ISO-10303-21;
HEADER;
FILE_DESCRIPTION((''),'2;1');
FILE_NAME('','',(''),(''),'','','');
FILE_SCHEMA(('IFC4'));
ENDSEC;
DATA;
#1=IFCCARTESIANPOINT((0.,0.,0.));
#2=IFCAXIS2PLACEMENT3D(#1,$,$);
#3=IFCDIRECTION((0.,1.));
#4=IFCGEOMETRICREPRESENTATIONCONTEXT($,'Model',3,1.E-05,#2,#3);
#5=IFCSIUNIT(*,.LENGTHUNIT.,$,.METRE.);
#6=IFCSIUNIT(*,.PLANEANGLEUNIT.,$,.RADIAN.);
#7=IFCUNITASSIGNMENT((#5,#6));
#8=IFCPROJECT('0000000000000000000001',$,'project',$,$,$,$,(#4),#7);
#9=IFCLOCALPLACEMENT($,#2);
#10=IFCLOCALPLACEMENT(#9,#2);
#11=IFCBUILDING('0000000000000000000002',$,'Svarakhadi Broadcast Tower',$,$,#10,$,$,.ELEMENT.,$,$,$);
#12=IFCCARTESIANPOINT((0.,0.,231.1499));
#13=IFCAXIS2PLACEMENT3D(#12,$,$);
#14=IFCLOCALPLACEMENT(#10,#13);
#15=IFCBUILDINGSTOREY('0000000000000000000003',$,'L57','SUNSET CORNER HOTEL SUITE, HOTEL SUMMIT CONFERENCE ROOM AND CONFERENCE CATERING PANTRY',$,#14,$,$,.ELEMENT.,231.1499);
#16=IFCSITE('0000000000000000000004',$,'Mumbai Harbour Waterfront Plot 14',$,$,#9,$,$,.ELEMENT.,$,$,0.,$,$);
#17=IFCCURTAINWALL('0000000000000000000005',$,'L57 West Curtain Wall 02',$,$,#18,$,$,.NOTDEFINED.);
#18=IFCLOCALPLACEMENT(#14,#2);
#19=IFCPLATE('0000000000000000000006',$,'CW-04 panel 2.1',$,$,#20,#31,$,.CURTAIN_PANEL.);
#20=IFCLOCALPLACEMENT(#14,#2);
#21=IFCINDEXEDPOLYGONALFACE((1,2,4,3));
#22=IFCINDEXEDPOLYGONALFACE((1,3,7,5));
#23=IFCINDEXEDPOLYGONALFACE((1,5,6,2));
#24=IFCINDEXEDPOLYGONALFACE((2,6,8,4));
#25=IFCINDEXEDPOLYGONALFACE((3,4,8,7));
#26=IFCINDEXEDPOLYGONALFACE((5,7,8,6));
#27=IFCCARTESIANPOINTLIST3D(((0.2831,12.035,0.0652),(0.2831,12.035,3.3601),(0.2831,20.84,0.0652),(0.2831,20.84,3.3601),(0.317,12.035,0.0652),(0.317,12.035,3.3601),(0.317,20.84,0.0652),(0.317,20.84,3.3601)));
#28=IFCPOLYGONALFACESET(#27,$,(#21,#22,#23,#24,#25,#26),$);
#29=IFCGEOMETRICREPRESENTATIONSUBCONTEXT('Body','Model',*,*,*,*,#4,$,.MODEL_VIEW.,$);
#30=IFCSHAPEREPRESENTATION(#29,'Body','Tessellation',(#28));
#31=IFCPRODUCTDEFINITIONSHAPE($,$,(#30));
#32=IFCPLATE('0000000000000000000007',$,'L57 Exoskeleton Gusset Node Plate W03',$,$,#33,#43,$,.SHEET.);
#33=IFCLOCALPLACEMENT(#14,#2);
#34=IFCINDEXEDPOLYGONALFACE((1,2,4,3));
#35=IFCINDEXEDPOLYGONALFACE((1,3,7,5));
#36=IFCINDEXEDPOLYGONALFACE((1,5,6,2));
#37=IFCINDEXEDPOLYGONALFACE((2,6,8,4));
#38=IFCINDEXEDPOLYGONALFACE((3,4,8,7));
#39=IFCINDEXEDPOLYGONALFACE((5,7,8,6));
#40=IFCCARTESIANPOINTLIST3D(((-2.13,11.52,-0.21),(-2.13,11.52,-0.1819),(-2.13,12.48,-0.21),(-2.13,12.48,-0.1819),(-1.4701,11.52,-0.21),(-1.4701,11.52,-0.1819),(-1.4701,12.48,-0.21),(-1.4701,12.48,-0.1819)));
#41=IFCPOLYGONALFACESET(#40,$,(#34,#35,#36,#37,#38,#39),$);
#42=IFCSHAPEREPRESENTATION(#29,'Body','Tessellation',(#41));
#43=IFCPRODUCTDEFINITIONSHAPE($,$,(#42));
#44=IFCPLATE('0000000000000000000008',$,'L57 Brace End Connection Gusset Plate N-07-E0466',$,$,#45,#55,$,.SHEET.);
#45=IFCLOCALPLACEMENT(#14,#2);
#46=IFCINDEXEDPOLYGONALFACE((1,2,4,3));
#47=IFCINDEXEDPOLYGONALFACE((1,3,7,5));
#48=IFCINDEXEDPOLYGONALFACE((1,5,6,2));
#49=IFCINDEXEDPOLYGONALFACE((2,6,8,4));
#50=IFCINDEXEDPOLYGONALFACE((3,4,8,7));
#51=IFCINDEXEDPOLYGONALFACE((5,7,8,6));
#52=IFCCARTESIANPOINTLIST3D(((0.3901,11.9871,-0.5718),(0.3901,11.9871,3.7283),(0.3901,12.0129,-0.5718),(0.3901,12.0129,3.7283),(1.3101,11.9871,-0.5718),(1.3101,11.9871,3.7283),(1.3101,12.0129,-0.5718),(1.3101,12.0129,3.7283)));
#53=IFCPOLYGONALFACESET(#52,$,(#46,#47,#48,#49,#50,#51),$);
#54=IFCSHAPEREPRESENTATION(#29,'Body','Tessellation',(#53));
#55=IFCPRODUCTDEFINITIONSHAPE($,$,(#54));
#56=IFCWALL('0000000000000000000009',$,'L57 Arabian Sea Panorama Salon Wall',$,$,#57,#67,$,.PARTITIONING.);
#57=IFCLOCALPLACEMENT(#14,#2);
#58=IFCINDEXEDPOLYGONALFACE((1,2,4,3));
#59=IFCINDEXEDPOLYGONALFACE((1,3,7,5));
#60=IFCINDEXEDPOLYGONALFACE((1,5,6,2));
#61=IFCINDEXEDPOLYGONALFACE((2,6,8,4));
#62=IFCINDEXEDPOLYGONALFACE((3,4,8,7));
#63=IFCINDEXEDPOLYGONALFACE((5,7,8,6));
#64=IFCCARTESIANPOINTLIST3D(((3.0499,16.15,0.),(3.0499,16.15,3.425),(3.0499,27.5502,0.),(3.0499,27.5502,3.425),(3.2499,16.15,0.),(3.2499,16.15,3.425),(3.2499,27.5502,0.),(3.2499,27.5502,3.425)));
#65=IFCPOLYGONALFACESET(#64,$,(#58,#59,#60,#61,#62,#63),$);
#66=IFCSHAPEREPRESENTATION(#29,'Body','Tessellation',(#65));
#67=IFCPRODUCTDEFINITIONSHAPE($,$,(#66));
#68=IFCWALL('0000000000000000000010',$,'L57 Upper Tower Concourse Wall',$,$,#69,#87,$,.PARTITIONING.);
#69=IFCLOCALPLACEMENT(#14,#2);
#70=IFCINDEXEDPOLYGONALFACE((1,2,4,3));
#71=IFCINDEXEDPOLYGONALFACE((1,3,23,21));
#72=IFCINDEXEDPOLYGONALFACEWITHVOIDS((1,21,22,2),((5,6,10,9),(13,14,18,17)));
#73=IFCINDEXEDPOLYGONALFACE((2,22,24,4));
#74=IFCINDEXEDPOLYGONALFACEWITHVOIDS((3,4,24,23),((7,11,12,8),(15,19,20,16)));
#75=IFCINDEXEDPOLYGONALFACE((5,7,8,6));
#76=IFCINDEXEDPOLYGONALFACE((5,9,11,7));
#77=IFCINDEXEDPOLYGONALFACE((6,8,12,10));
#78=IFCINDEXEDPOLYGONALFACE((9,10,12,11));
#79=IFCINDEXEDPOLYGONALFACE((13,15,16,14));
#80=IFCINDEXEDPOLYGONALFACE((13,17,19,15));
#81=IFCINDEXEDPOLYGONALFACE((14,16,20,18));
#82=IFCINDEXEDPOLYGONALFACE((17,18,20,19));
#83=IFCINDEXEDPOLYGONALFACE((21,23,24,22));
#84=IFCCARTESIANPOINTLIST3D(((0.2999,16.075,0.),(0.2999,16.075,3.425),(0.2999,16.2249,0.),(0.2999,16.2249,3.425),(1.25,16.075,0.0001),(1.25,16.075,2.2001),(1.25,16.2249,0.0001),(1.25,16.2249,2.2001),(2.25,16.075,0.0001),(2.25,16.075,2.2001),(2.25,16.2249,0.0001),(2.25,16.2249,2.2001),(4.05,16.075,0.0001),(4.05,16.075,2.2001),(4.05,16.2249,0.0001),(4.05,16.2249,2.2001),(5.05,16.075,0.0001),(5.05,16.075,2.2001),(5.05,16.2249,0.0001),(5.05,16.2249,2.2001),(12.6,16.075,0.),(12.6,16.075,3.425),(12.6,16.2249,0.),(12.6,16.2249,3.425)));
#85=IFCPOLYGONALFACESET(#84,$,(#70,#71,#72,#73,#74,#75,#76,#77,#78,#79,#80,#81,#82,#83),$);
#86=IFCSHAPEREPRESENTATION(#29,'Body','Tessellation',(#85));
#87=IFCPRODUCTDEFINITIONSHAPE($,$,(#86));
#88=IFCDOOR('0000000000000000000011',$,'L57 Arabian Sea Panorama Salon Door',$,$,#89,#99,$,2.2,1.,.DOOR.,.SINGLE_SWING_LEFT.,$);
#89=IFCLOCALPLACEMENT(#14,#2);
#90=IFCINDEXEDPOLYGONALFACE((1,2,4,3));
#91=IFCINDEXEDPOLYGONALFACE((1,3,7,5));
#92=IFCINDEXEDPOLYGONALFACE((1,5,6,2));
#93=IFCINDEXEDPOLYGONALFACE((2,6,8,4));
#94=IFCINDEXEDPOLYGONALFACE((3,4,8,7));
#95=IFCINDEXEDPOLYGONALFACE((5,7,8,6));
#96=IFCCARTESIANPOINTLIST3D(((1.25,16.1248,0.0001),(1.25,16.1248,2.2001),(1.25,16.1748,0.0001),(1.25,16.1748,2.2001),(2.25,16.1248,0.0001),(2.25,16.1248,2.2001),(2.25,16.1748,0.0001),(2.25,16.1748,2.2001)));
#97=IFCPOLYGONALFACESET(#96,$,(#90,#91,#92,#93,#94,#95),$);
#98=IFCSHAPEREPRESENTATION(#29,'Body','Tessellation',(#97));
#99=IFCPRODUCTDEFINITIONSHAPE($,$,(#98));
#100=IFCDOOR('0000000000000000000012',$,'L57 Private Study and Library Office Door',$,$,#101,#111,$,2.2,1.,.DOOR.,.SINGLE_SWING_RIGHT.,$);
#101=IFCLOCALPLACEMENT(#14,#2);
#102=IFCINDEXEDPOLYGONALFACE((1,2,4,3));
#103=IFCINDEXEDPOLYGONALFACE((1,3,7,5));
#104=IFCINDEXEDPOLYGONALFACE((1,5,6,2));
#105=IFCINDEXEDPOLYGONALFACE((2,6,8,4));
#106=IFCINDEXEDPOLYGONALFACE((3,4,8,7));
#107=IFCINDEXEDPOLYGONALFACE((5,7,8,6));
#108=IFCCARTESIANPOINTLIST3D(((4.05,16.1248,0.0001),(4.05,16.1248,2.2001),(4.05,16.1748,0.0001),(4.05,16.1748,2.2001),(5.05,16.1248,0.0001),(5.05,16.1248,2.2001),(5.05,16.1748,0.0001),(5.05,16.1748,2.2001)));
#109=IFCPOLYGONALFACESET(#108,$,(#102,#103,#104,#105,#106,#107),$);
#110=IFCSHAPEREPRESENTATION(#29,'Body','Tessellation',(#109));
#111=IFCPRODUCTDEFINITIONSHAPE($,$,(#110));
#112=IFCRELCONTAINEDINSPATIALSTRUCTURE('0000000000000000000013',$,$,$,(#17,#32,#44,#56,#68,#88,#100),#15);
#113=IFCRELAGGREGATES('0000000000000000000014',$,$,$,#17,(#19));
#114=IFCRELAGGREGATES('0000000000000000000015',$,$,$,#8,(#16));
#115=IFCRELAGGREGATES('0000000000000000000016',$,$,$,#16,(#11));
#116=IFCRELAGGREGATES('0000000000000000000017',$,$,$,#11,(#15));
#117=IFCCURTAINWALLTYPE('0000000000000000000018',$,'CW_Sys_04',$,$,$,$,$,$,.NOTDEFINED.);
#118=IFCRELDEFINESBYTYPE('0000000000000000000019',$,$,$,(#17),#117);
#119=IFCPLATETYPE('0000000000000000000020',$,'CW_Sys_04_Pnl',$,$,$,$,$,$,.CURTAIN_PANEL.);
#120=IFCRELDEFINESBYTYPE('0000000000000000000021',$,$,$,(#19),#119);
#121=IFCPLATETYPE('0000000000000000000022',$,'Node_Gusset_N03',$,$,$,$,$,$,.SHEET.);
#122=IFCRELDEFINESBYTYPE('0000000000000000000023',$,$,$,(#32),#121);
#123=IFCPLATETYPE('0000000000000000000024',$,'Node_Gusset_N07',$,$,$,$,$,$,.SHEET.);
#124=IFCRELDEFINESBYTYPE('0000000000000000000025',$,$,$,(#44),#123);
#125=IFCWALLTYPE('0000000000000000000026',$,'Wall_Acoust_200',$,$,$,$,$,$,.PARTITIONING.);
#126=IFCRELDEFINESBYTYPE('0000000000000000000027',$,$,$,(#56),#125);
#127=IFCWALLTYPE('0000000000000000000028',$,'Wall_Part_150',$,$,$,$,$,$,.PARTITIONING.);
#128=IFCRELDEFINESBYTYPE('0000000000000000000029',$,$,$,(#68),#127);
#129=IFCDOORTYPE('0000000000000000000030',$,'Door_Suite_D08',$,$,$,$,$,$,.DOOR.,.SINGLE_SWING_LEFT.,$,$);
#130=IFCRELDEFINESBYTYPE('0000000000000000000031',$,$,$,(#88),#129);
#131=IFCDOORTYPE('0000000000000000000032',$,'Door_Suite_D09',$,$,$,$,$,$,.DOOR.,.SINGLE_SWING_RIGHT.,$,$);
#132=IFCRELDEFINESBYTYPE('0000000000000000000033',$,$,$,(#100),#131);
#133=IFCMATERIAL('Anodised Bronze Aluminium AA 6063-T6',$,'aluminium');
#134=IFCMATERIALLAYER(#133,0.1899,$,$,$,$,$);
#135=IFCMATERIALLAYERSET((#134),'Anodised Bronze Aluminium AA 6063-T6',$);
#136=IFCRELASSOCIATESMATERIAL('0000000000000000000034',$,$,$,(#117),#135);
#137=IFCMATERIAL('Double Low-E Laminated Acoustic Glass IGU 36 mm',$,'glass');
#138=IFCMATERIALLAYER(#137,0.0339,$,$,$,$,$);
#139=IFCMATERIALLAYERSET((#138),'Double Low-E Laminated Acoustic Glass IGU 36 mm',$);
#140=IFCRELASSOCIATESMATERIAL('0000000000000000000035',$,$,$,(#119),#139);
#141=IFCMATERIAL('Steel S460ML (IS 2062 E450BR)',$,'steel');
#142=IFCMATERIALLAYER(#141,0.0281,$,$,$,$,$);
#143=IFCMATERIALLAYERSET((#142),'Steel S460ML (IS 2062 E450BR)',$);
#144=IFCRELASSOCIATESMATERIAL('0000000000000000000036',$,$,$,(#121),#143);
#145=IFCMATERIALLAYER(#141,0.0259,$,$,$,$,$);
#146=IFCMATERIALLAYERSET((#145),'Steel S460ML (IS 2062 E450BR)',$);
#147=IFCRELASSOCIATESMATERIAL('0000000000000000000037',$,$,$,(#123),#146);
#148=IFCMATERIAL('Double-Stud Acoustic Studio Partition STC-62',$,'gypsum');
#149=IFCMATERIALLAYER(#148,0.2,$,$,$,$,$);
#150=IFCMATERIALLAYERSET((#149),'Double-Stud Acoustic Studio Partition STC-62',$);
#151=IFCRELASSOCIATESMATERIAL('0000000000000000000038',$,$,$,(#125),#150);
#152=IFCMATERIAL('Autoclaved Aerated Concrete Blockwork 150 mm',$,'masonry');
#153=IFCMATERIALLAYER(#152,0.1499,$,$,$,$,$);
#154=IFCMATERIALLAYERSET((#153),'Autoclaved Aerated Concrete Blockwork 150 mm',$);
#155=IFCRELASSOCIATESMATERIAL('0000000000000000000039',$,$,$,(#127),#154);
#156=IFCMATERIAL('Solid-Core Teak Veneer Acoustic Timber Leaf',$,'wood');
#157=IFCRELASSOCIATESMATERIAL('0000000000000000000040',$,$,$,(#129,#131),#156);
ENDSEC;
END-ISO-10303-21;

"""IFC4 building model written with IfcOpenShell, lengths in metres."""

from ifc_helpers import new_model, si_unit, direction, frame, frame_2d, origin, origin_2d, place, context, subcontext, project, spatial, rectangle, extrude, material, layer, layer_set, type_object, element, fill, aggregate, save


model = new_model("IFC4")

# Units and contexts
model_context = context("Model", 3, precision=1e-05, world=origin(), true_north=direction((0.0, 1.0)))
body_context = subcontext(model_context, "Body", "Model", "MODEL_VIEW")
ifc_project = project(units=[si_unit("LENGTHUNIT", "METRE"), si_unit("PLANEANGLEUNIT", "RADIAN")], contexts=[model_context])

# Site, building, storey
site_placement = place(None, origin())
site = spatial("IfcSite", under=ifc_project, at=site_placement, Name="Mumbai Harbour Waterfront Plot 14", CompositionType="ELEMENT", RefElevation=0.0)
building_placement = place(site_placement, origin())
building = spatial("IfcBuilding", under=site, at=building_placement, Name="Svarakhadi Broadcast Tower", CompositionType="ELEMENT")
storey_placement = place(building_placement, frame((0.0, 0.0, 231.1499)))
storey = spatial("IfcBuildingStorey", under=building, at=storey_placement, Name="L57", Description="SUNSET CORNER HOTEL SUITE, HOTEL SUMMIT CONFERENCE ROOM AND CONFERENCE CATERING PANTRY", CompositionType="ELEMENT", Elevation=231.1499)

# Shared definitions
ifc_material_1 = material(Name="Steel S460ML (IS 2062 E450BR)", Category="steel")

# Curtain wall
ifc_material_2 = material(Name="Anodised Bronze Aluminium AA 6063-T6", Category="aluminium")
ifc_layer_1 = layer(ifc_material_2, 0.1899)
ifc_layer_set_1 = layer_set([ifc_layer_1], Name="Anodised Bronze Aluminium AA 6063-T6")
curtain_wall_type = type_object("IfcCurtainWallType", Name="CW_Sys_04", PredefinedType="NOTDEFINED", material=ifc_layer_set_1)
curtain_wall_placement = place(storey_placement, origin())
curtain_wall = element("IfcCurtainWall", 1, at=curtain_wall_placement, inside=storey, type_object=curtain_wall_type, Name="L57 West Curtain Wall 02", PredefinedType="NOTDEFINED")

# Plate
ifc_material_3 = material(Name="Double Low-E Laminated Acoustic Glass IGU 36 mm", Category="glass")
ifc_layer_2 = layer(ifc_material_3, 0.0339)
ifc_layer_set_2 = layer_set([ifc_layer_2], Name="Double Low-E Laminated Acoustic Glass IGU 36 mm")
plate_type_1 = type_object("IfcPlateType", Name="CW_Sys_04_Pnl", PredefinedType="CURTAIN_PANEL", material=ifc_layer_set_2)
plate_1_placement = place(storey_placement, frame((0.3, 16.4375, 0.0652), z_axis=(0.0, 0.0, 1.0), x_axis=(0.0, 1.0, 0.0)))
plate_1 = element("IfcPlate", 2, at=plate_1_placement, type_object=plate_type_1, Name="CW-04 panel 2.1", PredefinedType="CURTAIN_PANEL", context=body_context, shape_type="SweptSolid", body=[
    extrude(rectangle(XDim=8.8049, YDim=0.0339, at=origin_2d()), origin(), (0.0, 0.0, 1.0), 3.2949),
])
aggregate(curtain_wall, [plate_1])

# Plates
ifc_layer_3 = layer(ifc_material_1, 0.0281)
ifc_layer_set_3 = layer_set([ifc_layer_3], Name="Steel S460ML (IS 2062 E450BR)")
plate_type_2 = type_object("IfcPlateType", Name="Node_Gusset_N03", PredefinedType="SHEET", material=ifc_layer_set_3)
plate_2_placement = place(storey_placement, frame((-1.8, 12.0, -0.21), z_axis=(0.0, 0.0, 1.0), x_axis=(0.0, 1.0, 0.0)))
element("IfcPlate", 3, at=plate_2_placement, inside=storey, type_object=plate_type_2, Name="L57 Exoskeleton Gusset Node Plate W03", PredefinedType="SHEET", context=body_context, shape_type="SweptSolid", body=[
    extrude(rectangle(XDim=0.96, YDim=0.6599, at=origin_2d()), origin(), (0.0, 0.0, 1.0), 0.0281),
])
ifc_layer_4 = layer(ifc_material_1, 0.0259)
ifc_layer_set_4 = layer_set([ifc_layer_4], Name="Steel S460ML (IS 2062 E450BR)")
plate_type_3 = type_object("IfcPlateType", Name="Node_Gusset_N07", PredefinedType="SHEET", material=ifc_layer_set_4)
plate_3_placement = place(storey_placement, frame((0.8501, 12.0, -0.5718), z_axis=(0.0, 0.0, 1.0), x_axis=(1.0, 0.0, 0.0)))
element("IfcPlate", 4, at=plate_3_placement, inside=storey, type_object=plate_type_3, Name="L57 Brace End Connection Gusset Plate N-07-E0466", PredefinedType="SHEET", context=body_context, shape_type="SweptSolid", body=[
    extrude(rectangle(XDim=0.9199, YDim=0.0259, at=origin_2d()), origin(), (0.0, 0.0, 1.0), 4.3),
])

# Wall
ifc_material_4 = material(Name="Double-Stud Acoustic Studio Partition STC-62", Category="gypsum")
ifc_layer_5 = layer(ifc_material_4, 0.2)
ifc_layer_set_5 = layer_set([ifc_layer_5], Name="Double-Stud Acoustic Studio Partition STC-62")
wall_type_1 = type_object("IfcWallType", Name="Wall_Acoust_200", PredefinedType="PARTITIONING", material=ifc_layer_set_5)
wall_1_placement = place(storey_placement, frame((3.1499, 16.1499, 0.0), z_axis=(0.0, 0.0, 1.0), x_axis=(0.0, 1.0, 0.0)))
element("IfcWall", 5, at=wall_1_placement, inside=storey, type_object=wall_type_1, Name="L57 Arabian Sea Panorama Salon Wall", PredefinedType="PARTITIONING", context=body_context, shape_type="SweptSolid", body=[
    extrude(rectangle(XDim=11.4001, YDim=0.2, at=frame_2d((5.7002, 0.0))), origin(), (0.0, 0.0, 1.0), 3.425),
])

# Wall, openings, doors
ifc_material_5 = material(Name="Autoclaved Aerated Concrete Blockwork 150 mm", Category="masonry")
ifc_layer_6 = layer(ifc_material_5, 0.1499)
ifc_layer_set_6 = layer_set([ifc_layer_6], Name="Autoclaved Aerated Concrete Blockwork 150 mm")
wall_type_2 = type_object("IfcWallType", Name="Wall_Part_150", PredefinedType="PARTITIONING", material=ifc_layer_set_6)
wall_2_placement = place(storey_placement, frame((0.3, 16.1499, 0.0), z_axis=(0.0, 0.0, 1.0), x_axis=(1.0, 0.0, 0.0)))
wall_2 = element("IfcWall", 6, at=wall_2_placement, inside=storey, type_object=wall_type_2, Name="L57 Upper Tower Concourse Wall", PredefinedType="PARTITIONING", context=body_context, shape_type="SweptSolid", body=[
    extrude(rectangle(XDim=12.3, YDim=0.1499, at=frame_2d((6.1499, 0.0))), origin(), (0.0, 0.0, 1.0), 3.425),
])
opening_1_placement = place(wall_2_placement, frame((0.95, 0.0, 0.0)))
opening_1 = element("IfcOpeningElement", 7, at=opening_1_placement, cuts=wall_2, PredefinedType="OPENING", context=body_context, shape_type="SweptSolid", body=[
    extrude(rectangle(XDim=1.0, YDim=2.2, at=frame_2d((0.5, 1.1001))), frame((0.0, 0.085, 0.0), z_axis=(0.0, -1.0, 0.0), x_axis=(1.0, 0.0, 0.0)), (0.0, 0.0, 1.0), 0.1699),
])
opening_2_placement = place(wall_2_placement, frame((3.75, 0.0, 0.0)))
opening_2 = element("IfcOpeningElement", 8, at=opening_2_placement, cuts=wall_2, PredefinedType="OPENING", context=body_context, shape_type="SweptSolid", body=[
    extrude(rectangle(XDim=1.0, YDim=2.2, at=frame_2d((0.5, 1.1001))), frame((0.0, 0.085, 0.0), z_axis=(0.0, -1.0, 0.0), x_axis=(1.0, 0.0, 0.0)), (0.0, 0.0, 1.0), 0.1699),
])
ifc_material_6 = material(Name="Solid-Core Teak Veneer Acoustic Timber Leaf", Category="wood")
door_type_1 = type_object("IfcDoorType", Name="Door_Suite_D08", OperationType="SINGLE_SWING_LEFT", PredefinedType="DOOR", material=ifc_material_6)
door_1_placement = place(opening_1_placement, origin())
door_1 = element("IfcDoor", 9, at=door_1_placement, inside=storey, type_object=door_type_1, Name="L57 Arabian Sea Panorama Salon Door", OperationType="SINGLE_SWING_LEFT", OverallHeight=2.2, OverallWidth=1.0, PredefinedType="DOOR", context=body_context, shape_type="SweptSolid", body=[
    extrude(rectangle(XDim=1.0, YDim=2.2, at=frame_2d((0.5, 1.1001))), frame((0.0, 0.0249, 0.0), z_axis=(0.0, -1.0, 0.0), x_axis=(1.0, 0.0, 0.0)), (0.0, 0.0, 1.0), 0.05),
])
fill(opening_1, door_1)
door_type_2 = type_object("IfcDoorType", Name="Door_Suite_D09", OperationType="SINGLE_SWING_RIGHT", PredefinedType="DOOR", material=ifc_material_6)
door_2_placement = place(opening_2_placement, origin())
door_2 = element("IfcDoor", 10, at=door_2_placement, inside=storey, type_object=door_type_2, Name="L57 Private Study and Library Office Door", OperationType="SINGLE_SWING_RIGHT", OverallHeight=2.2, OverallWidth=1.0, PredefinedType="DOOR", context=body_context, shape_type="SweptSolid", body=[
    extrude(rectangle(XDim=1.0, YDim=2.2, at=frame_2d((0.5, 1.1001))), frame((0.0, 0.0249, 0.0), z_axis=(0.0, -1.0, 0.0), x_axis=(1.0, 0.0, 0.0)), (0.0, 0.0, 1.0), 0.05),
])
fill(opening_2, door_2)

save(model, "model.ifc")
